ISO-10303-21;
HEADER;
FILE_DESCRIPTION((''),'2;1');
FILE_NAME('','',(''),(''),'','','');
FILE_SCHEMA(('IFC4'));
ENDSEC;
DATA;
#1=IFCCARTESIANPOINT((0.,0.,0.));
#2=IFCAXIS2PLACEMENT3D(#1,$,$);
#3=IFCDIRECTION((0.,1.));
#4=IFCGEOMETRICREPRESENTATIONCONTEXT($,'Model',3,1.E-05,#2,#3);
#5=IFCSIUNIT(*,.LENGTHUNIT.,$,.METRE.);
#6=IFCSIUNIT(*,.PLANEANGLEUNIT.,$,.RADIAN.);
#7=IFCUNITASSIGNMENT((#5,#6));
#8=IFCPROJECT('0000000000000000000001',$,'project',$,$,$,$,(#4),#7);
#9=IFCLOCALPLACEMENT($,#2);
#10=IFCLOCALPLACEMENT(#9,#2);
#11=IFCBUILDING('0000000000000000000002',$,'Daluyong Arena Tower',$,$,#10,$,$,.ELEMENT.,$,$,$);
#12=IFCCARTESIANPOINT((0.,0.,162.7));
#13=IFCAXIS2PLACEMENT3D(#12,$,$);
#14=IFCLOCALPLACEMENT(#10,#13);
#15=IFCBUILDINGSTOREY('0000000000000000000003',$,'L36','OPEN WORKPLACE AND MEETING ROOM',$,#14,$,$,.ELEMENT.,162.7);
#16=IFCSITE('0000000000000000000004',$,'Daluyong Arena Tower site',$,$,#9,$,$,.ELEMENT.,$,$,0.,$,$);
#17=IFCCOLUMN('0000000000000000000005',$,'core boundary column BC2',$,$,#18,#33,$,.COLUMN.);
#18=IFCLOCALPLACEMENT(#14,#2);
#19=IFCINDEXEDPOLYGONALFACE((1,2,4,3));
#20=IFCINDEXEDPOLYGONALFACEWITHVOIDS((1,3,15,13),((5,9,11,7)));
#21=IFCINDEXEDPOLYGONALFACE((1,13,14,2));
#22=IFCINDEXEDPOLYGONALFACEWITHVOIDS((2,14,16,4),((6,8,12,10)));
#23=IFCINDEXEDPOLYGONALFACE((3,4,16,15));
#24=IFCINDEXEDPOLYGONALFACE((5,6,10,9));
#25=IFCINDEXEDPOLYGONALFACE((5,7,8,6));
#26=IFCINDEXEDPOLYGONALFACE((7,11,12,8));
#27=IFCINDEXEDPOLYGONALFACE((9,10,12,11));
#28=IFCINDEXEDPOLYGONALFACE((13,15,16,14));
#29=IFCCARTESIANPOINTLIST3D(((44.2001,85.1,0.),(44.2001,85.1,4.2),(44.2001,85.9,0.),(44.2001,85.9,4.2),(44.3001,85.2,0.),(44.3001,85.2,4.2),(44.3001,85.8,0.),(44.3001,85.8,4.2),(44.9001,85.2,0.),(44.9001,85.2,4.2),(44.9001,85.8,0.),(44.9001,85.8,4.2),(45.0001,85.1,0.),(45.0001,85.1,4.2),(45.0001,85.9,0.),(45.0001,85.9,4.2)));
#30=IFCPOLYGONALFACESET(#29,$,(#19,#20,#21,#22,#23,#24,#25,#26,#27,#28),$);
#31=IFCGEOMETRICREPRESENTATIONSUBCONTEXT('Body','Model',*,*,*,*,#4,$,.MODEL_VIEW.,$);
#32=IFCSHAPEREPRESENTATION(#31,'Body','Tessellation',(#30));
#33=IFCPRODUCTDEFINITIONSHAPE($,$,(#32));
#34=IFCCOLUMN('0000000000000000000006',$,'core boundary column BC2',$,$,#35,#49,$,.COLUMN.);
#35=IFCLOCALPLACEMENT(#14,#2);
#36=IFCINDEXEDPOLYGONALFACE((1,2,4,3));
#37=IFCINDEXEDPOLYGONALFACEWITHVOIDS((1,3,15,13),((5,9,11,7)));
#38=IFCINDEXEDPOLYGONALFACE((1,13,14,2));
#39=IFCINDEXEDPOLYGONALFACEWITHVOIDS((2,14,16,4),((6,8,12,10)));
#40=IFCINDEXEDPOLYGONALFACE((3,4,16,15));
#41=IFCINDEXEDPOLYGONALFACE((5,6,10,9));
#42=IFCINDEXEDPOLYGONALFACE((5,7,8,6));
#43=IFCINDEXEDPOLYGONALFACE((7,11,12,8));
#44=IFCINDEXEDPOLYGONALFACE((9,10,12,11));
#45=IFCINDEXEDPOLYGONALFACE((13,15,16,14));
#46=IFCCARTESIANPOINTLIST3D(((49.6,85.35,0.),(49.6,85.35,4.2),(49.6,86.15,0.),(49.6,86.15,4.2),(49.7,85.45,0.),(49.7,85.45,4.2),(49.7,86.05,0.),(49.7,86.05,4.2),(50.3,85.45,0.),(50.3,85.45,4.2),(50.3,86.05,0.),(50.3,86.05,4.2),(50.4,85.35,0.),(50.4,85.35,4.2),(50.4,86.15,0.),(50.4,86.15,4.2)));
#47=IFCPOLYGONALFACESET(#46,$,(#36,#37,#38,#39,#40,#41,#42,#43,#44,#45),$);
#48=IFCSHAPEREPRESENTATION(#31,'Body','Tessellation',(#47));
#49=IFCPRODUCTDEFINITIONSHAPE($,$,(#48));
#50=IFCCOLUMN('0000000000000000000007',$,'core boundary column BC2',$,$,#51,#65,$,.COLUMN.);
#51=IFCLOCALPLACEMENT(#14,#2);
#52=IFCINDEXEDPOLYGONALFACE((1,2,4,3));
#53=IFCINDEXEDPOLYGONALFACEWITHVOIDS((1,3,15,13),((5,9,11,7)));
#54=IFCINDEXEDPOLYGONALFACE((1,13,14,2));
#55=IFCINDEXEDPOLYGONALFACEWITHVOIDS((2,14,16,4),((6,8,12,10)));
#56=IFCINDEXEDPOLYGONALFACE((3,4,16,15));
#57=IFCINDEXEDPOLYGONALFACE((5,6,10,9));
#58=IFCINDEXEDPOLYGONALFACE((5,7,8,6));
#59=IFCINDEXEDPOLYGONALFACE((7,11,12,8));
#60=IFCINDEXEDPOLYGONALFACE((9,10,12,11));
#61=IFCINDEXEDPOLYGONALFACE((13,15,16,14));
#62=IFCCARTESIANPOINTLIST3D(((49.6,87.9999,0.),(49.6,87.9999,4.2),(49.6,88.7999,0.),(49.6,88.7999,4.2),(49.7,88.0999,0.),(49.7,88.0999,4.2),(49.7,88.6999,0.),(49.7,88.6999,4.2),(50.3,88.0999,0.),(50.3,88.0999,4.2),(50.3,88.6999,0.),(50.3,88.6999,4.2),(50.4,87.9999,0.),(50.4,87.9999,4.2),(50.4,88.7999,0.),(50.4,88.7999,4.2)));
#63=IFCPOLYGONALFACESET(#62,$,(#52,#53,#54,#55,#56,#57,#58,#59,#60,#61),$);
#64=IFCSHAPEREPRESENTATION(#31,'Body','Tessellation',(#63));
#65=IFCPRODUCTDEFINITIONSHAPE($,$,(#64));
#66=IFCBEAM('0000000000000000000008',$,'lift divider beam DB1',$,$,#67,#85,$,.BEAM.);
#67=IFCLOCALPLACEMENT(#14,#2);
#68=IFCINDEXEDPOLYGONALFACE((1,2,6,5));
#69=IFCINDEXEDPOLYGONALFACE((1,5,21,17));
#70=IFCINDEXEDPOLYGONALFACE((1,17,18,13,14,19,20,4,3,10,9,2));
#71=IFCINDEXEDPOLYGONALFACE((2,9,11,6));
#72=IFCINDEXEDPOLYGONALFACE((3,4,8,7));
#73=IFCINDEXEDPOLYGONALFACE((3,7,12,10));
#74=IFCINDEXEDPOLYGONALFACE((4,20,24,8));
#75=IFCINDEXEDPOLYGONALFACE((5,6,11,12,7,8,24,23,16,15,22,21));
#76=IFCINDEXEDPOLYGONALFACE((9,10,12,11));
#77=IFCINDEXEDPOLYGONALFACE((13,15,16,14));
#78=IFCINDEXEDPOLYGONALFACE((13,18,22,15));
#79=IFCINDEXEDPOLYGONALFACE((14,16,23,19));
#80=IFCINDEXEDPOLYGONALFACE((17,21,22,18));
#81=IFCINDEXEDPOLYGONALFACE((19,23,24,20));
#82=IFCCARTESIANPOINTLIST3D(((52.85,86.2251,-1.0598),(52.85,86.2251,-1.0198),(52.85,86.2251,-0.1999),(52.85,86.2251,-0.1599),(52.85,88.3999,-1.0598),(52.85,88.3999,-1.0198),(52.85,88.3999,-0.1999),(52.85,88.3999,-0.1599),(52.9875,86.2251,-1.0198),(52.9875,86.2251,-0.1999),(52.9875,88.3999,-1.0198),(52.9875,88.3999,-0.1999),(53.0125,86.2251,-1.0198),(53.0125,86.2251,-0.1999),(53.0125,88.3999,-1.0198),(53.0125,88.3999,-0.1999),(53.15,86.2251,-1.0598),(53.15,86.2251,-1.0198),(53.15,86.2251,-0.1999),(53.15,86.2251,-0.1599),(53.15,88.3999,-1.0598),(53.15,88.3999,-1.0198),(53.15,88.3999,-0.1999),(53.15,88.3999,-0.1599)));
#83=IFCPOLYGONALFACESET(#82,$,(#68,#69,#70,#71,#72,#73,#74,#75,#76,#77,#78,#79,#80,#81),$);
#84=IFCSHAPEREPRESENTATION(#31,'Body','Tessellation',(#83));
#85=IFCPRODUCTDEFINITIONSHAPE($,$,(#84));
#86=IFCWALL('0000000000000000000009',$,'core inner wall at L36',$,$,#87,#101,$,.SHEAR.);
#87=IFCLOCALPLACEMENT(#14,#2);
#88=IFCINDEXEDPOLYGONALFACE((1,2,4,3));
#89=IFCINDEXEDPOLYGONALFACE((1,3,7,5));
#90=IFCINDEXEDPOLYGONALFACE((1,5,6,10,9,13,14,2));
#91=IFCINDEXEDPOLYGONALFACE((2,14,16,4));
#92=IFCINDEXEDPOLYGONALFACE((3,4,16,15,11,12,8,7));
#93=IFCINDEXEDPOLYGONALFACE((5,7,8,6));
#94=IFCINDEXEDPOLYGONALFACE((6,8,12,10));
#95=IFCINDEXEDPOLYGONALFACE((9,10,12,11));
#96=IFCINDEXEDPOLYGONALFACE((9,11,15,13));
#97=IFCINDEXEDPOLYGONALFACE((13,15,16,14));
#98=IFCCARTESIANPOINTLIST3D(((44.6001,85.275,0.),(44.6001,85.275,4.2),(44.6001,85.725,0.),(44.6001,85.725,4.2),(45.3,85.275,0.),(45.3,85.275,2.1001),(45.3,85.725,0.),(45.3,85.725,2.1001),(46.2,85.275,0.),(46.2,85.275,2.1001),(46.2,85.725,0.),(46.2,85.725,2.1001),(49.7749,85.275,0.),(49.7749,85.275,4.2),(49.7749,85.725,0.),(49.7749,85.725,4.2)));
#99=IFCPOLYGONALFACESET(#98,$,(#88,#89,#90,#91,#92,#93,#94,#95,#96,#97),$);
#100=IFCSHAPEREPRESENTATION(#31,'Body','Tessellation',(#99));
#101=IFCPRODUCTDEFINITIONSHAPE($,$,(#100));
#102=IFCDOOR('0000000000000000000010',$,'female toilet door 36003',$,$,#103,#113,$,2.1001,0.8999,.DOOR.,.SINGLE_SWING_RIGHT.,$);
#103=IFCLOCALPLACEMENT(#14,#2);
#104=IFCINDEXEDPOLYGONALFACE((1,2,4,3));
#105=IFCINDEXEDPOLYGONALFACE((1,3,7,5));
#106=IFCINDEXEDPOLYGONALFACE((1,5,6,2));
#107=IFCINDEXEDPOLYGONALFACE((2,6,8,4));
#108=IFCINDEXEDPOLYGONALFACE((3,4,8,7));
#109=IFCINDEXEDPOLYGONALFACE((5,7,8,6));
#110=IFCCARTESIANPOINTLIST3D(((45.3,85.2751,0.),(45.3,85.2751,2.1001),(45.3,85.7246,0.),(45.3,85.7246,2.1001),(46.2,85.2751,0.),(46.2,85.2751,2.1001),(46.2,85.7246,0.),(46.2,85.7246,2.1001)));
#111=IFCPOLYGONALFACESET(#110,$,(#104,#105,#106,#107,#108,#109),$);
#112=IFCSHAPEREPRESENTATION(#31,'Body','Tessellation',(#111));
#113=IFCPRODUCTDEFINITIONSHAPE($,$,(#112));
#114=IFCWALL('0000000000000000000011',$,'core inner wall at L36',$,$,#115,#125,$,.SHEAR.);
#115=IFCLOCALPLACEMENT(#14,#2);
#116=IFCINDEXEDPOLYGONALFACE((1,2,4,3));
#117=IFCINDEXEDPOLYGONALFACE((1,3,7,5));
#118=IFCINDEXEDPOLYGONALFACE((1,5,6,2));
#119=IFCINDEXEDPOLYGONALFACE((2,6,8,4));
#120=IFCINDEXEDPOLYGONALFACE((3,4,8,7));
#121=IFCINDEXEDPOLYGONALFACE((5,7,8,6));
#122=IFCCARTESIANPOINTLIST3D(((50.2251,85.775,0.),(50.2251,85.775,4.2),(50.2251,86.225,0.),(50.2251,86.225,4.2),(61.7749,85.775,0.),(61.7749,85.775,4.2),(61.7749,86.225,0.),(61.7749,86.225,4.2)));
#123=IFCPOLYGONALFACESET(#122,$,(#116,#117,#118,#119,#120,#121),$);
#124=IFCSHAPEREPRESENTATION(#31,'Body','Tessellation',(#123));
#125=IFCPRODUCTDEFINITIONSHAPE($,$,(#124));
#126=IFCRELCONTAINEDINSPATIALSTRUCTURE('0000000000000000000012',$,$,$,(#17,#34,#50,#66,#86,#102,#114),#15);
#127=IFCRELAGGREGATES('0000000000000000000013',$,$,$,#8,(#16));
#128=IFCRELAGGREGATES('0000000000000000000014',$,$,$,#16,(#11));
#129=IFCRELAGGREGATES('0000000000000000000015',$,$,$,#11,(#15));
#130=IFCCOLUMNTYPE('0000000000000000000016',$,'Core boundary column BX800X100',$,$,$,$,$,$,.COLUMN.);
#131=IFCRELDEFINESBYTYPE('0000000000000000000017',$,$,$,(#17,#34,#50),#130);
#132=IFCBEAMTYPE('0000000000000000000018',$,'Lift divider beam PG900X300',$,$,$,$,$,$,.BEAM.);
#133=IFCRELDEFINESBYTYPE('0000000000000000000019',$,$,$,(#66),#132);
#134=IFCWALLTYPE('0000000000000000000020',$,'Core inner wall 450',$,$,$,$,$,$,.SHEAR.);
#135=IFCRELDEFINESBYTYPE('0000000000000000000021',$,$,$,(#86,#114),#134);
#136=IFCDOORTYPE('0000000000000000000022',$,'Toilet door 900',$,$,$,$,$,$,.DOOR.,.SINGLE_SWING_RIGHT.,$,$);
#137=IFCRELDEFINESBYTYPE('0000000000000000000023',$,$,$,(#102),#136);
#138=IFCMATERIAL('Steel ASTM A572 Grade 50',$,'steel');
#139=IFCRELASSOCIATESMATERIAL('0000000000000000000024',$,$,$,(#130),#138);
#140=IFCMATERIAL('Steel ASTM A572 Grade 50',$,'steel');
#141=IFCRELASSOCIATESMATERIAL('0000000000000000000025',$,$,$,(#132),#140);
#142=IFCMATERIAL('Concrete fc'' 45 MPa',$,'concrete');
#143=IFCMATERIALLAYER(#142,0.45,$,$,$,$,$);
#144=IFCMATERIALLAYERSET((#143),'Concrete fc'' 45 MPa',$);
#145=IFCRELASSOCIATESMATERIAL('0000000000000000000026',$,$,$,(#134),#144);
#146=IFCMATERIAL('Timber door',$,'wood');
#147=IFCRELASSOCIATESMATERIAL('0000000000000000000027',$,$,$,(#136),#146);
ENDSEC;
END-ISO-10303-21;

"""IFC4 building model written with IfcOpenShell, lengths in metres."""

from ifc_helpers import new_model, si_unit, direction, frame, frame_2d, origin, origin_2d, place, context, subcontext, project, spatial, rectangle, hollow_rectangle, i_section, extrude, material, layer, layer_set, material_profile, profile_set, type_object, element, fill, save


model = new_model("IFC4")

# Units and contexts
model_context = context("Model", 3, precision=1e-05, world=origin(), true_north=direction((0.0, 1.0)))
body_context = subcontext(model_context, "Body", "Model", "MODEL_VIEW")
ifc_project = project(units=[si_unit("LENGTHUNIT", "METRE"), si_unit("PLANEANGLEUNIT", "RADIAN")], contexts=[model_context])

# Site, building, storey
site_placement = place(None, origin())
site = spatial("IfcSite", under=ifc_project, at=site_placement, Name="Daluyong Arena Tower site", CompositionType="ELEMENT", RefElevation=0.0)
building_placement = place(site_placement, origin())
building = spatial("IfcBuilding", under=site, at=building_placement, Name="Daluyong Arena Tower", CompositionType="ELEMENT")
storey_placement = place(building_placement, frame((0.0, 0.0, 162.7)))
storey = spatial("IfcBuildingStorey", under=building, at=storey_placement, Name="L36", Description="OPEN WORKPLACE AND MEETING ROOM", CompositionType="ELEMENT", Elevation=162.7)

# Columns
ifc_material_1 = material(Name="Steel ASTM A572 Grade 50", Category="steel")
ifc_material_profile_1 = material_profile(ifc_material_1, hollow_rectangle(XDim=0.8, YDim=0.8, WallThickness=0.1, at=origin_2d()))
ifc_profile_set_1 = profile_set([ifc_material_profile_1], Name="Steel ASTM A572 Grade 50")
column_type = type_object("IfcColumnType", Name="Core boundary column BX800X100", PredefinedType="COLUMN", material=ifc_profile_set_1)
for number, where, z_axis, x_axis, name in (
    (1, (44.6001, 85.5, 0.0), (0.0, 0.0, 1.0), (1.0, 0.0, 0.0), "core boundary column BC2"),
    (2, (50.0, 85.75, 0.0), (0.0, 0.0, 1.0), (1.0, 0.0, 0.0), "core boundary column BC2"),
    (3, (50.0, 88.3999, 0.0), (0.0, 0.0, 1.0), (1.0, 0.0, 0.0), "core boundary column BC2"),
):
    element("IfcColumn", number, at=place(storey_placement, frame(where, z_axis=z_axis, x_axis=x_axis)), inside=storey, type_object=column_type, Name=name, PredefinedType="COLUMN", context=body_context, shape_type="SweptSolid", body=[
        extrude(hollow_rectangle(XDim=0.8, YDim=0.8, WallThickness=0.1, at=origin_2d()), origin(), (0.0, 0.0, 1.0), 4.2),
    ])

# Beam
ifc_material_2 = material(Name="Steel ASTM A572 Grade 50", Category="steel")
ifc_material_profile_2 = material_profile(ifc_material_2, i_section(OverallWidth=0.3, OverallDepth=0.8999, WebThickness=0.025, FlangeThickness=0.04, at=origin_2d()))
ifc_profile_set_2 = profile_set([ifc_material_profile_2], Name="Steel ASTM A572 Grade 50")
beam_type = type_object("IfcBeamType", Name="Lift divider beam PG900X300", PredefinedType="BEAM", material=ifc_profile_set_2)
beam_placement = place(storey_placement, frame((53.0, 86.2251, -0.6099), z_axis=(0.0, 1.0, 0.0), x_axis=(-1.0, 0.0, 0.0)))
element("IfcBeam", 4, at=beam_placement, inside=storey, type_object=beam_type, Name="lift divider beam DB1", PredefinedType="BEAM", context=body_context, shape_type="SweptSolid", body=[
    extrude(i_section(OverallWidth=0.3, OverallDepth=0.8999, WebThickness=0.025, FlangeThickness=0.04, at=origin_2d()), origin(), (0.0, 0.0, 1.0), 2.1748),
])

# Wall, opening, door
ifc_material_3 = material(Name="Concrete fc' 45 MPa", Category="concrete")
ifc_layer_1 = layer(ifc_material_3, 0.45)
ifc_layer_set_1 = layer_set([ifc_layer_1], Name="Concrete fc' 45 MPa")
wall_type_1 = type_object("IfcWallType", Name="Core inner wall 450", PredefinedType="SHEAR", material=ifc_layer_set_1)
wall_1_placement = place(storey_placement, frame((44.6001, 85.5, 0.0), z_axis=(0.0, 0.0, 1.0), x_axis=(1.0, 0.0, 0.0)))
wall_1 = element("IfcWall", 5, at=wall_1_placement, inside=storey, type_object=wall_type_1, Name="core inner wall at L36", PredefinedType="SHEAR", context=body_context, shape_type="SweptSolid", body=[
    extrude(rectangle(XDim=5.1748, YDim=0.45, at=frame_2d((2.5874, 0.0))), origin(), (0.0, 0.0, 1.0), 4.2),
])
opening_1_placement = place(wall_1_placement, frame((0.7, 0.0, 0.0)))
opening_1 = element("IfcOpeningElement", 6, at=opening_1_placement, cuts=wall_1, PredefinedType="OPENING", context=body_context, shape_type="SweptSolid", body=[
    extrude(rectangle(XDim=0.8999, YDim=2.1001, at=frame_2d((0.45, 1.05))), frame((0.0, 0.2349, 0.0), z_axis=(0.0, -1.0, 0.0), x_axis=(1.0, 0.0, 0.0)), (0.0, 0.0, 1.0), 0.47),
])
ifc_material_4 = material(Name="Timber door", Category="wood")
door_type_1 = type_object("IfcDoorType", Name="Toilet door 900", OperationType="SINGLE_SWING_RIGHT", PredefinedType="DOOR", material=ifc_material_4)
door_1_placement = place(opening_1_placement, origin())
door_1 = element("IfcDoor", 7, at=door_1_placement, inside=storey, type_object=door_type_1, Name="female toilet door 36003", OperationType="SINGLE_SWING_RIGHT", OverallHeight=2.1001, OverallWidth=0.8999, PredefinedType="DOOR", context=body_context, shape_type="SweptSolid", body=[
    extrude(rectangle(XDim=0.8999, YDim=2.1001, at=frame_2d((0.45, 1.05))), frame((0.0, 0.2246, 0.0), z_axis=(0.0, -1.0, 0.0), x_axis=(1.0, 0.0, 0.0)), (0.0, 0.0, 1.0), 0.4495),
])
fill(opening_1, door_1)

# Wall
wall_2_placement = place(storey_placement, frame((50.2251, 86.0, 0.0), z_axis=(0.0, 0.0, 1.0), x_axis=(1.0, 0.0, 0.0)))
element("IfcWall", 8, at=wall_2_placement, inside=storey, type_object=wall_type_1, Name="core inner wall at L36", PredefinedType="SHEAR", context=body_context, shape_type="SweptSolid", body=[
    extrude(rectangle(XDim=11.5498, YDim=0.45, at=frame_2d((5.7749, 0.0))), origin(), (0.0, 0.0, 1.0), 4.2),
])

save(model, "model.ifc")
